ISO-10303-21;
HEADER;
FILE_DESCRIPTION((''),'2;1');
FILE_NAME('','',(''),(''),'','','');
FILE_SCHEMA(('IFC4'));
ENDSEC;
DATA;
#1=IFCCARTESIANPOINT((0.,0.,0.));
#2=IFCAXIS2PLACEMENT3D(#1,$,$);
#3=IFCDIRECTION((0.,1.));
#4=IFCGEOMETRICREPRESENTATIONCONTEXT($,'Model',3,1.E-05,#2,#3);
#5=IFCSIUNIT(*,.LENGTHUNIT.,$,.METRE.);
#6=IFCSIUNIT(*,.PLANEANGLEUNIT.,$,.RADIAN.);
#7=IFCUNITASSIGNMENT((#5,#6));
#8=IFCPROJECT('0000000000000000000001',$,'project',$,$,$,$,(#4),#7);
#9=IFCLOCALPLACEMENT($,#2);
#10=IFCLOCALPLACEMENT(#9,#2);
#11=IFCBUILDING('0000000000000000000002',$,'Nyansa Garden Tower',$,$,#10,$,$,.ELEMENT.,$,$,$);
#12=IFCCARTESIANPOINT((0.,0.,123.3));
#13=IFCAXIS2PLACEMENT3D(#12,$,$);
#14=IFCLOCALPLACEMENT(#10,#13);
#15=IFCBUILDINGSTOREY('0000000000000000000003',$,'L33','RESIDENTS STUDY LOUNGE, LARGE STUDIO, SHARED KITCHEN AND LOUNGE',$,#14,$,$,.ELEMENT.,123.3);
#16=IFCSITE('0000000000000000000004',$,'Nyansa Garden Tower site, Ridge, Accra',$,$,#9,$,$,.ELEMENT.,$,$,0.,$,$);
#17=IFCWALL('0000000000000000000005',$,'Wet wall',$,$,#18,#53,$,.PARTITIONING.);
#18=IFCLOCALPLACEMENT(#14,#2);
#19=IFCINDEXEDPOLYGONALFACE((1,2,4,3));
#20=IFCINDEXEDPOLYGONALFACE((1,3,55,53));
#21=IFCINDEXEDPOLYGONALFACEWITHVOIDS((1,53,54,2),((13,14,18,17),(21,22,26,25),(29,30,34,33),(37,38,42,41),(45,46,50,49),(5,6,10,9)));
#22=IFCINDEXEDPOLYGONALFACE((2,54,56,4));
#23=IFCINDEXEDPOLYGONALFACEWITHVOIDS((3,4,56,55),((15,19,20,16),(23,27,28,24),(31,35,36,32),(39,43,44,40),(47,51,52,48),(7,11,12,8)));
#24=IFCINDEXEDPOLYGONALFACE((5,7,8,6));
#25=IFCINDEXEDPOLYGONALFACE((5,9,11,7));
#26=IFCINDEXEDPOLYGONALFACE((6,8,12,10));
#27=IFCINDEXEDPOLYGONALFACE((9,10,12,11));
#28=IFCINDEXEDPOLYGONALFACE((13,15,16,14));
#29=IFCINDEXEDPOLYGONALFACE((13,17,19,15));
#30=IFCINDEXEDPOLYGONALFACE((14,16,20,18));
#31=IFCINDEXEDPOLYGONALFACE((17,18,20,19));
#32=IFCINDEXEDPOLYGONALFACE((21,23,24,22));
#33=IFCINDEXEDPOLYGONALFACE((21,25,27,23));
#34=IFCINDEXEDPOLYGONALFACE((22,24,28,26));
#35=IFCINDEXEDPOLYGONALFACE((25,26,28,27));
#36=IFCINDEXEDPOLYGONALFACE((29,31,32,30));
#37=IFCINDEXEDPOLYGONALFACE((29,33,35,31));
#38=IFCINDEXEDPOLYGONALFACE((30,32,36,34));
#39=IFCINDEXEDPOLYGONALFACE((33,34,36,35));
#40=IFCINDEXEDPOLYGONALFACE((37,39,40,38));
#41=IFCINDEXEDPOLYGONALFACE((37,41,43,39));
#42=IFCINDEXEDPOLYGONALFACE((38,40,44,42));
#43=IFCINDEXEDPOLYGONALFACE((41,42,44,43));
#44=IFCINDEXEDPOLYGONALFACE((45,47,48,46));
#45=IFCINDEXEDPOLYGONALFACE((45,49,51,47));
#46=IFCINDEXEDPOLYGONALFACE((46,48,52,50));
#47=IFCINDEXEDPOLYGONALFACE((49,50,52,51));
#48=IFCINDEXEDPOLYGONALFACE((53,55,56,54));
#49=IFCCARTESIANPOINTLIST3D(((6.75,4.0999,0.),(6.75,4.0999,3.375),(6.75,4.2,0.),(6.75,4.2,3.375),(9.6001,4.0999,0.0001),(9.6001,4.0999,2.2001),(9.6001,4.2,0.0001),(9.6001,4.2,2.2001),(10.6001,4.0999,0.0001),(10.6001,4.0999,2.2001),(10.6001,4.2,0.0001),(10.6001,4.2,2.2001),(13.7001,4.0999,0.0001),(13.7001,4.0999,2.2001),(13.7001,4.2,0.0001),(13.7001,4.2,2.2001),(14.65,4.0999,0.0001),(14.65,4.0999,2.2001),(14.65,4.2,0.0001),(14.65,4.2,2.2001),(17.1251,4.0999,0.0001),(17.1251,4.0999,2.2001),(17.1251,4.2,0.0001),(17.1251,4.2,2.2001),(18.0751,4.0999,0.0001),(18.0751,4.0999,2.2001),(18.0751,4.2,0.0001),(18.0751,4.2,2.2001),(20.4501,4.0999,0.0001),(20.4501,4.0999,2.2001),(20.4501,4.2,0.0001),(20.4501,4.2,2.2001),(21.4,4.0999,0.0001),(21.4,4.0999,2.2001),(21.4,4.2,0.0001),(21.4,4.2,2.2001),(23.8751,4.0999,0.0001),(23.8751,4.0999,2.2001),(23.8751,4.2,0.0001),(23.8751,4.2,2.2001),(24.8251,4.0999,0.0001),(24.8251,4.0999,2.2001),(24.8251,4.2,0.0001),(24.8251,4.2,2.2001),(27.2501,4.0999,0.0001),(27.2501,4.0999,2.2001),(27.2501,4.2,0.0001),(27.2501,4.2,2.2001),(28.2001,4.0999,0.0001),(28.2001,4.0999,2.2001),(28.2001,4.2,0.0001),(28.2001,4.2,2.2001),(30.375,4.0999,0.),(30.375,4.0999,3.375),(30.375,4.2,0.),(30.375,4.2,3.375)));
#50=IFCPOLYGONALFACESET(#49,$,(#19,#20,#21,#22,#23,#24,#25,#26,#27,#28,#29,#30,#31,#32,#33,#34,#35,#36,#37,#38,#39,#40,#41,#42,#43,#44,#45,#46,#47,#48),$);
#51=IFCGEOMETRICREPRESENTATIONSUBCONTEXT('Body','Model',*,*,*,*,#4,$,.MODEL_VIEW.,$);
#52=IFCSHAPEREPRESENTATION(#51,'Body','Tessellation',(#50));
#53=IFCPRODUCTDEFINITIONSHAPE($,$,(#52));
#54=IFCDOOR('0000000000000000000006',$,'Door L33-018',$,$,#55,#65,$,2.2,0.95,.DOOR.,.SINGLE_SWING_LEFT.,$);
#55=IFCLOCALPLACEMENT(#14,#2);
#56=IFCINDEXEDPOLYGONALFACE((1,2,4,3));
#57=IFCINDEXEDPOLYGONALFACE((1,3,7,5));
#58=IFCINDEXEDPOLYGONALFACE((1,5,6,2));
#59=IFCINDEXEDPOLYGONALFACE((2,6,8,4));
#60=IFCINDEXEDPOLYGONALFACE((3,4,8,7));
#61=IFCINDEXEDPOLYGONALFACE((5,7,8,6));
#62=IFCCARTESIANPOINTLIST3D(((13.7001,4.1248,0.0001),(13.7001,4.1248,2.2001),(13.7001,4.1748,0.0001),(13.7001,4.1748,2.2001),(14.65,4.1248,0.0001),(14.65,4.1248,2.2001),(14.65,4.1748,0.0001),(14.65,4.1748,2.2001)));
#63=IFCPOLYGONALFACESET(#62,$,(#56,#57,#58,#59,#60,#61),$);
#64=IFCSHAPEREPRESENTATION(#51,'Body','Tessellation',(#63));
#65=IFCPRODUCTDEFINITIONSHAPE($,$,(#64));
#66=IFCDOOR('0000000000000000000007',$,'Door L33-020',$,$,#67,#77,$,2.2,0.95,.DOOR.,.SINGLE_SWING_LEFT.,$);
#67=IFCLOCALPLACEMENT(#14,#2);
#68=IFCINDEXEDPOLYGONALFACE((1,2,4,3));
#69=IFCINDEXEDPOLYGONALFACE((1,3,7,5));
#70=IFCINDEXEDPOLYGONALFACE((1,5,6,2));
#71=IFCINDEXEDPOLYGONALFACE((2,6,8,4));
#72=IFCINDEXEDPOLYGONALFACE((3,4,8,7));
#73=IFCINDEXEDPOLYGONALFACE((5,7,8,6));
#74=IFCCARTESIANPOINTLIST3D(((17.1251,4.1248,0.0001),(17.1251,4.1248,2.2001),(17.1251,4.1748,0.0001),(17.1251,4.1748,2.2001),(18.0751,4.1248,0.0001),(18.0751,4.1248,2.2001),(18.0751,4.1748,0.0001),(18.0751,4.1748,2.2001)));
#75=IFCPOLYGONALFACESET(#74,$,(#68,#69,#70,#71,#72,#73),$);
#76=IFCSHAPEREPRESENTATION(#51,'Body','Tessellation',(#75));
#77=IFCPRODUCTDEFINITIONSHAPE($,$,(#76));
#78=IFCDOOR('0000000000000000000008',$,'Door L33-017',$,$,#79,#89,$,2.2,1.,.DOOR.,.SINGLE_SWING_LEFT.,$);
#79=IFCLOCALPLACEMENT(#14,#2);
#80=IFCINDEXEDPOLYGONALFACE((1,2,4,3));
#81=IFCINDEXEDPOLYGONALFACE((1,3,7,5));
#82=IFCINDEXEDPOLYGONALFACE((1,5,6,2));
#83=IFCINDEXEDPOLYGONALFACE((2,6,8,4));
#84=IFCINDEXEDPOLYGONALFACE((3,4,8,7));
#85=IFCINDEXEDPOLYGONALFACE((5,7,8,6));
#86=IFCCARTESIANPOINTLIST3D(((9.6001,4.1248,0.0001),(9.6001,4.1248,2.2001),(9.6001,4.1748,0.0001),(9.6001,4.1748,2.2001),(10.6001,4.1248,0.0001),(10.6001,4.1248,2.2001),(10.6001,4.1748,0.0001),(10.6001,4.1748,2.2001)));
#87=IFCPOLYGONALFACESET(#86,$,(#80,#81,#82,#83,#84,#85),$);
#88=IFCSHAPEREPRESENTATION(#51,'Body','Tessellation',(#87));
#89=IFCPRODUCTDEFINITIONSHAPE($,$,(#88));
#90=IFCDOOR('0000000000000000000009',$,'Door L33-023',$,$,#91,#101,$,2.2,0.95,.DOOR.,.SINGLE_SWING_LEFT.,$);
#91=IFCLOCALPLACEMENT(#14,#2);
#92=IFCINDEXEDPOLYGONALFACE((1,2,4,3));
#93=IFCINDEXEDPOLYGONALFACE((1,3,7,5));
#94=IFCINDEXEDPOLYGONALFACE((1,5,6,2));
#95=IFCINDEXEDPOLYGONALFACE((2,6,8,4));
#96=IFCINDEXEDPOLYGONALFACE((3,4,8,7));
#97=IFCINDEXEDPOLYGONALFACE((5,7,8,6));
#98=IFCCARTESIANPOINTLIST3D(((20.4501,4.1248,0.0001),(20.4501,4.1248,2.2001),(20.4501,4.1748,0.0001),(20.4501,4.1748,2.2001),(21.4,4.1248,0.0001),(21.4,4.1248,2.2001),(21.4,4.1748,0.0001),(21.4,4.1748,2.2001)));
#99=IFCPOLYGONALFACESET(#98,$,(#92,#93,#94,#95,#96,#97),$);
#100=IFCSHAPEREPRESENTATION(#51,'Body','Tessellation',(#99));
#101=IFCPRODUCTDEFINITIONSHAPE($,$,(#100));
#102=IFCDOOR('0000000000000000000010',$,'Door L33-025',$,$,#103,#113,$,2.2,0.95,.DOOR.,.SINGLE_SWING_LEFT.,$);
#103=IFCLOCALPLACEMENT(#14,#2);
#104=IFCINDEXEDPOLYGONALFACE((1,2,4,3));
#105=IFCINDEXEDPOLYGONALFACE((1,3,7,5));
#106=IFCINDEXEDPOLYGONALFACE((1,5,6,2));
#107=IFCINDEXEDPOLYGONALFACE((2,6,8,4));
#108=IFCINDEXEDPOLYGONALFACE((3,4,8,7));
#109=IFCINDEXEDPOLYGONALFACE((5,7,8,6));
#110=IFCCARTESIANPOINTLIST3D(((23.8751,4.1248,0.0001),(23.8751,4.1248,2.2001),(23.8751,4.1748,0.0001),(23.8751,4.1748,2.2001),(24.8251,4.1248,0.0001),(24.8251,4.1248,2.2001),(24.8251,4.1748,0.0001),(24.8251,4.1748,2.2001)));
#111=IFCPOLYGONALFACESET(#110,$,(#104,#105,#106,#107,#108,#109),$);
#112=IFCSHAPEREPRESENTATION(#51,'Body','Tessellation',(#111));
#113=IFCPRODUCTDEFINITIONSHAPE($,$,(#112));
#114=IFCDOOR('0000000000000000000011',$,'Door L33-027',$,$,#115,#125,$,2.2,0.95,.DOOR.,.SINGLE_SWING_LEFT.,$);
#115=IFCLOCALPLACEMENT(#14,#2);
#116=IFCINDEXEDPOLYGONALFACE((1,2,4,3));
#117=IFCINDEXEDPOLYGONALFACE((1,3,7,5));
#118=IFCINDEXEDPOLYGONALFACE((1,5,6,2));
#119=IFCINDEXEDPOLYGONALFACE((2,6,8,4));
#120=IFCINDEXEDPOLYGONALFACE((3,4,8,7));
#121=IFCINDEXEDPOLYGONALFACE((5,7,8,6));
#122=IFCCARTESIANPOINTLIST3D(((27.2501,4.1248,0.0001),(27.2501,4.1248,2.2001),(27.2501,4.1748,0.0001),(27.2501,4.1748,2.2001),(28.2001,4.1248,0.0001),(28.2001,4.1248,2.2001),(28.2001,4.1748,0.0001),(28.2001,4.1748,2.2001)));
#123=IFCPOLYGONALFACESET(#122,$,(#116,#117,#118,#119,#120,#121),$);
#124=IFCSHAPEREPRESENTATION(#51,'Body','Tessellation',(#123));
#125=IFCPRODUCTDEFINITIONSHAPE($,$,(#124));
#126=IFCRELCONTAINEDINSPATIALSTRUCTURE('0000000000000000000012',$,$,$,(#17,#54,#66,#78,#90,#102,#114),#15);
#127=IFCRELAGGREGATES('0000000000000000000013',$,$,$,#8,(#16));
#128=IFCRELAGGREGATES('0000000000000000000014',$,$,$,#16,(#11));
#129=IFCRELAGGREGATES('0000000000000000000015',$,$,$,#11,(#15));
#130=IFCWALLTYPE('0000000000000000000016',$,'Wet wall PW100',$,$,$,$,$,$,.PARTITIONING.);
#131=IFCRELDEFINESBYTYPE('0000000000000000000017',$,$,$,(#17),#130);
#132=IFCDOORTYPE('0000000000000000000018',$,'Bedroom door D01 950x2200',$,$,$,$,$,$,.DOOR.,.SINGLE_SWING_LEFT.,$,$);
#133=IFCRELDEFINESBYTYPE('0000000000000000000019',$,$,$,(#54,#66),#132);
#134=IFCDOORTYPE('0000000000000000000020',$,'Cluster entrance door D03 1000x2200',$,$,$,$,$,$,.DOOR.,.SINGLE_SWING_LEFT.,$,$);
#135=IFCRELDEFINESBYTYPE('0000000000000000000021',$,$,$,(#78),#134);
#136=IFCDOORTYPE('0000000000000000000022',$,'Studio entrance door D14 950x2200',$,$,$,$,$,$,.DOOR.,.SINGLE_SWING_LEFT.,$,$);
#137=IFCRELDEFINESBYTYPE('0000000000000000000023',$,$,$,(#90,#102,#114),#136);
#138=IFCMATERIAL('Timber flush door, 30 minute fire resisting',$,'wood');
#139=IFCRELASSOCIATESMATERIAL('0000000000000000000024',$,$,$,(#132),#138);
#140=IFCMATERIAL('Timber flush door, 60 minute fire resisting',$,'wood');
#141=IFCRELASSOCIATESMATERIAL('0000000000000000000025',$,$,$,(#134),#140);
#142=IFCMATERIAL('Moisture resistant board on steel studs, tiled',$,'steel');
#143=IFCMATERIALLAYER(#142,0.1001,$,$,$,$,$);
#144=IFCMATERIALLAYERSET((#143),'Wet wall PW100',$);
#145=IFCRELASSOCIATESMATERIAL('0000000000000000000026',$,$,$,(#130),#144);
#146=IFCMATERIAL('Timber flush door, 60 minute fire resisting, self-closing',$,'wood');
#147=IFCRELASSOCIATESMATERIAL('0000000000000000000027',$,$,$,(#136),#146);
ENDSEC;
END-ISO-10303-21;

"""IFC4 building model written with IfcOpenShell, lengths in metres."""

from ifc_helpers import new_model, si_unit, direction, frame, frame_2d, origin, place, context, subcontext, project, spatial, rectangle, extrude, material, layer, layer_set, type_object, element, fill, save


model = new_model("IFC4")

# Units and contexts
model_context = context("Model", 3, precision=1e-05, world=origin(), true_north=direction((0.0, 1.0)))
body_context = subcontext(model_context, "Body", "Model", "MODEL_VIEW")
ifc_project = project(units=[si_unit("LENGTHUNIT", "METRE"), si_unit("PLANEANGLEUNIT", "RADIAN")], contexts=[model_context])

# Site, building, storey
site_placement = place(None, origin())
site = spatial("IfcSite", under=ifc_project, at=site_placement, Name="Nyansa Garden Tower site, Ridge, Accra", CompositionType="ELEMENT", RefElevation=0.0)
building_placement = place(site_placement, origin())
building = spatial("IfcBuilding", under=site, at=building_placement, Name="Nyansa Garden Tower", CompositionType="ELEMENT")
storey_placement = place(building_placement, frame((0.0, 0.0, 123.3)))
storey = spatial("IfcBuildingStorey", under=building, at=storey_placement, Name="L33", Description="RESIDENTS STUDY LOUNGE, LARGE STUDIO, SHARED KITCHEN AND LOUNGE", CompositionType="ELEMENT", Elevation=123.3)

# Wall, openings, doors
ifc_material_1 = material(Name="Timber flush door, 30 minute fire resisting", Category="wood")
door_type_1 = type_object("IfcDoorType", Name="Bedroom door D01 950x2200", OperationType="SINGLE_SWING_LEFT", PredefinedType="DOOR", material=ifc_material_1)
ifc_material_2 = material(Name="Timber flush door, 60 minute fire resisting", Category="wood")
door_type_2 = type_object("IfcDoorType", Name="Cluster entrance door D03 1000x2200", OperationType="SINGLE_SWING_LEFT", PredefinedType="DOOR", material=ifc_material_2)
ifc_material_3 = material(Name="Moisture resistant board on steel studs, tiled", Category="steel")
ifc_layer_1 = layer(ifc_material_3, 0.1001)
ifc_layer_set_1 = layer_set([ifc_layer_1], Name="Wet wall PW100")
wall_type_1 = type_object("IfcWallType", Name="Wet wall PW100", PredefinedType="PARTITIONING", material=ifc_layer_set_1)
wall_1_placement = place(storey_placement, frame((6.75, 4.1499, 0.0), z_axis=(0.0, 0.0, 1.0), x_axis=(1.0, 0.0, 0.0)))
wall_1 = element("IfcWall", 1, at=wall_1_placement, inside=storey, type_object=wall_type_1, Name="Wet wall", PredefinedType="PARTITIONING", context=body_context, shape_type="SweptSolid", body=[
    extrude(rectangle(XDim=23.625, YDim=0.1001, at=frame_2d((11.8125, 0.0))), origin(), (0.0, 0.0, 1.0), 3.375),
])
opening_1_placement = place(wall_1_placement, frame((2.8501, 0.0, 0.0)))
opening_1 = element("IfcOpeningElement", 2, at=opening_1_placement, cuts=wall_1, PredefinedType="OPENING", context=body_context, shape_type="SweptSolid", body=[
    extrude(rectangle(XDim=1.0, YDim=2.2, at=frame_2d((0.5, 1.1001))), frame((0.0, 0.0601, 0.0), z_axis=(0.0, -1.0, 0.0), x_axis=(1.0, 0.0, 0.0)), (0.0, 0.0, 1.0), 0.1201),
])
opening_2_placement = place(wall_1_placement, frame((6.95, 0.0, 0.0)))
opening_2 = element("IfcOpeningElement", 3, at=opening_2_placement, cuts=wall_1, PredefinedType="OPENING", context=body_context, shape_type="SweptSolid", body=[
    extrude(rectangle(XDim=0.95, YDim=2.2, at=frame_2d((0.4751, 1.1001))), frame((0.0, 0.0601, 0.0), z_axis=(0.0, -1.0, 0.0), x_axis=(1.0, 0.0, 0.0)), (0.0, 0.0, 1.0), 0.1201),
])
opening_3_placement = place(wall_1_placement, frame((10.375, 0.0, 0.0)))
opening_3 = element("IfcOpeningElement", 4, at=opening_3_placement, cuts=wall_1, PredefinedType="OPENING", context=body_context, shape_type="SweptSolid", body=[
    extrude(rectangle(XDim=0.95, YDim=2.2, at=frame_2d((0.4751, 1.1001))), frame((0.0, 0.0601, 0.0), z_axis=(0.0, -1.0, 0.0), x_axis=(1.0, 0.0, 0.0)), (0.0, 0.0, 1.0), 0.1201),
])
opening_4_placement = place(wall_1_placement, frame((13.7, 0.0, 0.0)))
opening_4 = element("IfcOpeningElement", 5, at=opening_4_placement, cuts=wall_1, PredefinedType="OPENING", context=body_context, shape_type="SweptSolid", body=[
    extrude(rectangle(XDim=0.95, YDim=2.2, at=frame_2d((0.4751, 1.1001))), frame((0.0, 0.0601, 0.0), z_axis=(0.0, -1.0, 0.0), x_axis=(1.0, 0.0, 0.0)), (0.0, 0.0, 1.0), 0.1201),
])
opening_5_placement = place(wall_1_placement, frame((17.125, 0.0, 0.0)))
opening_5 = element("IfcOpeningElement", 6, at=opening_5_placement, cuts=wall_1, PredefinedType="OPENING", context=body_context, shape_type="SweptSolid", body=[
    extrude(rectangle(XDim=0.95, YDim=2.2, at=frame_2d((0.4751, 1.1001))), frame((0.0, 0.0601, 0.0), z_axis=(0.0, -1.0, 0.0), x_axis=(1.0, 0.0, 0.0)), (0.0, 0.0, 1.0), 0.1201),
])
opening_6_placement = place(wall_1_placement, frame((20.5, 0.0, 0.0)))
opening_6 = element("IfcOpeningElement", 7, at=opening_6_placement, cuts=wall_1, PredefinedType="OPENING", context=body_context, shape_type="SweptSolid", body=[
    extrude(rectangle(XDim=0.95, YDim=2.2, at=frame_2d((0.4751, 1.1001))), frame((0.0, 0.0601, 0.0), z_axis=(0.0, -1.0, 0.0), x_axis=(1.0, 0.0, 0.0)), (0.0, 0.0, 1.0), 0.1201),
])
door_1_placement = place(opening_2_placement, origin())
door_1 = element("IfcDoor", 8, at=door_1_placement, inside=storey, type_object=door_type_1, Name="Door L33-018", OperationType="SINGLE_SWING_LEFT", OverallHeight=2.2, OverallWidth=0.95, PredefinedType="DOOR", context=body_context, shape_type="SweptSolid", body=[
    extrude(rectangle(XDim=0.95, YDim=2.2, at=frame_2d((0.4751, 1.1001))), frame((0.0, 0.0249, 0.0), z_axis=(0.0, -1.0, 0.0), x_axis=(1.0, 0.0, 0.0)), (0.0, 0.0, 1.0), 0.05),
])
fill(opening_2, door_1)
door_2_placement = place(opening_3_placement, origin())
door_2 = element("IfcDoor", 9, at=door_2_placement, inside=storey, type_object=door_type_1, Name="Door L33-020", OperationType="SINGLE_SWING_LEFT", OverallHeight=2.2, OverallWidth=0.95, PredefinedType="DOOR", context=body_context, shape_type="SweptSolid", body=[
    extrude(rectangle(XDim=0.95, YDim=2.2, at=frame_2d((0.4751, 1.1001))), frame((0.0, 0.0249, 0.0), z_axis=(0.0, -1.0, 0.0), x_axis=(1.0, 0.0, 0.0)), (0.0, 0.0, 1.0), 0.05),
])
fill(opening_3, door_2)
door_3_placement = place(opening_1_placement, origin())
door_3 = element("IfcDoor", 10, at=door_3_placement, inside=storey, type_object=door_type_2, Name="Door L33-017", OperationType="SINGLE_SWING_LEFT", OverallHeight=2.2, OverallWidth=1.0, PredefinedType="DOOR", context=body_context, shape_type="SweptSolid", body=[
    extrude(rectangle(XDim=1.0, YDim=2.2, at=frame_2d((0.5, 1.1001))), frame((0.0, 0.0249, 0.0), z_axis=(0.0, -1.0, 0.0), x_axis=(1.0, 0.0, 0.0)), (0.0, 0.0, 1.0), 0.05),
])
fill(opening_1, door_3)
ifc_material_4 = material(Name="Timber flush door, 60 minute fire resisting, self-closing", Category="wood")
door_type_3 = type_object("IfcDoorType", Name="Studio entrance door D14 950x2200", OperationType="SINGLE_SWING_LEFT", PredefinedType="DOOR", material=ifc_material_4)
door_4_placement = place(opening_4_placement, origin())
door_4 = element("IfcDoor", 11, at=door_4_placement, inside=storey, type_object=door_type_3, Name="Door L33-023", OperationType="SINGLE_SWING_LEFT", OverallHeight=2.2, OverallWidth=0.95, PredefinedType="DOOR", context=body_context, shape_type="SweptSolid", body=[
    extrude(rectangle(XDim=0.95, YDim=2.2, at=frame_2d((0.4751, 1.1001))), frame((0.0, 0.0249, 0.0), z_axis=(0.0, -1.0, 0.0), x_axis=(1.0, 0.0, 0.0)), (0.0, 0.0, 1.0), 0.05),
])
fill(opening_4, door_4)
door_5_placement = place(opening_5_placement, origin())
door_5 = element("IfcDoor", 12, at=door_5_placement, inside=storey, type_object=door_type_3, Name="Door L33-025", OperationType="SINGLE_SWING_LEFT", OverallHeight=2.2, OverallWidth=0.95, PredefinedType="DOOR", context=body_context, shape_type="SweptSolid", body=[
    extrude(rectangle(XDim=0.95, YDim=2.2, at=frame_2d((0.4751, 1.1001))), frame((0.0, 0.0249, 0.0), z_axis=(0.0, -1.0, 0.0), x_axis=(1.0, 0.0, 0.0)), (0.0, 0.0, 1.0), 0.05),
])
fill(opening_5, door_5)
door_6_placement = place(opening_6_placement, origin())
door_6 = element("IfcDoor", 13, at=door_6_placement, inside=storey, type_object=door_type_3, Name="Door L33-027", OperationType="SINGLE_SWING_LEFT", OverallHeight=2.2, OverallWidth=0.95, PredefinedType="DOOR", context=body_context, shape_type="SweptSolid", body=[
    extrude(rectangle(XDim=0.95, YDim=2.2, at=frame_2d((0.4751, 1.1001))), frame((0.0, 0.0249, 0.0), z_axis=(0.0, -1.0, 0.0), x_axis=(1.0, 0.0, 0.0)), (0.0, 0.0, 1.0), 0.05),
])
fill(opening_6, door_6)

save(model, "model.ifc")
